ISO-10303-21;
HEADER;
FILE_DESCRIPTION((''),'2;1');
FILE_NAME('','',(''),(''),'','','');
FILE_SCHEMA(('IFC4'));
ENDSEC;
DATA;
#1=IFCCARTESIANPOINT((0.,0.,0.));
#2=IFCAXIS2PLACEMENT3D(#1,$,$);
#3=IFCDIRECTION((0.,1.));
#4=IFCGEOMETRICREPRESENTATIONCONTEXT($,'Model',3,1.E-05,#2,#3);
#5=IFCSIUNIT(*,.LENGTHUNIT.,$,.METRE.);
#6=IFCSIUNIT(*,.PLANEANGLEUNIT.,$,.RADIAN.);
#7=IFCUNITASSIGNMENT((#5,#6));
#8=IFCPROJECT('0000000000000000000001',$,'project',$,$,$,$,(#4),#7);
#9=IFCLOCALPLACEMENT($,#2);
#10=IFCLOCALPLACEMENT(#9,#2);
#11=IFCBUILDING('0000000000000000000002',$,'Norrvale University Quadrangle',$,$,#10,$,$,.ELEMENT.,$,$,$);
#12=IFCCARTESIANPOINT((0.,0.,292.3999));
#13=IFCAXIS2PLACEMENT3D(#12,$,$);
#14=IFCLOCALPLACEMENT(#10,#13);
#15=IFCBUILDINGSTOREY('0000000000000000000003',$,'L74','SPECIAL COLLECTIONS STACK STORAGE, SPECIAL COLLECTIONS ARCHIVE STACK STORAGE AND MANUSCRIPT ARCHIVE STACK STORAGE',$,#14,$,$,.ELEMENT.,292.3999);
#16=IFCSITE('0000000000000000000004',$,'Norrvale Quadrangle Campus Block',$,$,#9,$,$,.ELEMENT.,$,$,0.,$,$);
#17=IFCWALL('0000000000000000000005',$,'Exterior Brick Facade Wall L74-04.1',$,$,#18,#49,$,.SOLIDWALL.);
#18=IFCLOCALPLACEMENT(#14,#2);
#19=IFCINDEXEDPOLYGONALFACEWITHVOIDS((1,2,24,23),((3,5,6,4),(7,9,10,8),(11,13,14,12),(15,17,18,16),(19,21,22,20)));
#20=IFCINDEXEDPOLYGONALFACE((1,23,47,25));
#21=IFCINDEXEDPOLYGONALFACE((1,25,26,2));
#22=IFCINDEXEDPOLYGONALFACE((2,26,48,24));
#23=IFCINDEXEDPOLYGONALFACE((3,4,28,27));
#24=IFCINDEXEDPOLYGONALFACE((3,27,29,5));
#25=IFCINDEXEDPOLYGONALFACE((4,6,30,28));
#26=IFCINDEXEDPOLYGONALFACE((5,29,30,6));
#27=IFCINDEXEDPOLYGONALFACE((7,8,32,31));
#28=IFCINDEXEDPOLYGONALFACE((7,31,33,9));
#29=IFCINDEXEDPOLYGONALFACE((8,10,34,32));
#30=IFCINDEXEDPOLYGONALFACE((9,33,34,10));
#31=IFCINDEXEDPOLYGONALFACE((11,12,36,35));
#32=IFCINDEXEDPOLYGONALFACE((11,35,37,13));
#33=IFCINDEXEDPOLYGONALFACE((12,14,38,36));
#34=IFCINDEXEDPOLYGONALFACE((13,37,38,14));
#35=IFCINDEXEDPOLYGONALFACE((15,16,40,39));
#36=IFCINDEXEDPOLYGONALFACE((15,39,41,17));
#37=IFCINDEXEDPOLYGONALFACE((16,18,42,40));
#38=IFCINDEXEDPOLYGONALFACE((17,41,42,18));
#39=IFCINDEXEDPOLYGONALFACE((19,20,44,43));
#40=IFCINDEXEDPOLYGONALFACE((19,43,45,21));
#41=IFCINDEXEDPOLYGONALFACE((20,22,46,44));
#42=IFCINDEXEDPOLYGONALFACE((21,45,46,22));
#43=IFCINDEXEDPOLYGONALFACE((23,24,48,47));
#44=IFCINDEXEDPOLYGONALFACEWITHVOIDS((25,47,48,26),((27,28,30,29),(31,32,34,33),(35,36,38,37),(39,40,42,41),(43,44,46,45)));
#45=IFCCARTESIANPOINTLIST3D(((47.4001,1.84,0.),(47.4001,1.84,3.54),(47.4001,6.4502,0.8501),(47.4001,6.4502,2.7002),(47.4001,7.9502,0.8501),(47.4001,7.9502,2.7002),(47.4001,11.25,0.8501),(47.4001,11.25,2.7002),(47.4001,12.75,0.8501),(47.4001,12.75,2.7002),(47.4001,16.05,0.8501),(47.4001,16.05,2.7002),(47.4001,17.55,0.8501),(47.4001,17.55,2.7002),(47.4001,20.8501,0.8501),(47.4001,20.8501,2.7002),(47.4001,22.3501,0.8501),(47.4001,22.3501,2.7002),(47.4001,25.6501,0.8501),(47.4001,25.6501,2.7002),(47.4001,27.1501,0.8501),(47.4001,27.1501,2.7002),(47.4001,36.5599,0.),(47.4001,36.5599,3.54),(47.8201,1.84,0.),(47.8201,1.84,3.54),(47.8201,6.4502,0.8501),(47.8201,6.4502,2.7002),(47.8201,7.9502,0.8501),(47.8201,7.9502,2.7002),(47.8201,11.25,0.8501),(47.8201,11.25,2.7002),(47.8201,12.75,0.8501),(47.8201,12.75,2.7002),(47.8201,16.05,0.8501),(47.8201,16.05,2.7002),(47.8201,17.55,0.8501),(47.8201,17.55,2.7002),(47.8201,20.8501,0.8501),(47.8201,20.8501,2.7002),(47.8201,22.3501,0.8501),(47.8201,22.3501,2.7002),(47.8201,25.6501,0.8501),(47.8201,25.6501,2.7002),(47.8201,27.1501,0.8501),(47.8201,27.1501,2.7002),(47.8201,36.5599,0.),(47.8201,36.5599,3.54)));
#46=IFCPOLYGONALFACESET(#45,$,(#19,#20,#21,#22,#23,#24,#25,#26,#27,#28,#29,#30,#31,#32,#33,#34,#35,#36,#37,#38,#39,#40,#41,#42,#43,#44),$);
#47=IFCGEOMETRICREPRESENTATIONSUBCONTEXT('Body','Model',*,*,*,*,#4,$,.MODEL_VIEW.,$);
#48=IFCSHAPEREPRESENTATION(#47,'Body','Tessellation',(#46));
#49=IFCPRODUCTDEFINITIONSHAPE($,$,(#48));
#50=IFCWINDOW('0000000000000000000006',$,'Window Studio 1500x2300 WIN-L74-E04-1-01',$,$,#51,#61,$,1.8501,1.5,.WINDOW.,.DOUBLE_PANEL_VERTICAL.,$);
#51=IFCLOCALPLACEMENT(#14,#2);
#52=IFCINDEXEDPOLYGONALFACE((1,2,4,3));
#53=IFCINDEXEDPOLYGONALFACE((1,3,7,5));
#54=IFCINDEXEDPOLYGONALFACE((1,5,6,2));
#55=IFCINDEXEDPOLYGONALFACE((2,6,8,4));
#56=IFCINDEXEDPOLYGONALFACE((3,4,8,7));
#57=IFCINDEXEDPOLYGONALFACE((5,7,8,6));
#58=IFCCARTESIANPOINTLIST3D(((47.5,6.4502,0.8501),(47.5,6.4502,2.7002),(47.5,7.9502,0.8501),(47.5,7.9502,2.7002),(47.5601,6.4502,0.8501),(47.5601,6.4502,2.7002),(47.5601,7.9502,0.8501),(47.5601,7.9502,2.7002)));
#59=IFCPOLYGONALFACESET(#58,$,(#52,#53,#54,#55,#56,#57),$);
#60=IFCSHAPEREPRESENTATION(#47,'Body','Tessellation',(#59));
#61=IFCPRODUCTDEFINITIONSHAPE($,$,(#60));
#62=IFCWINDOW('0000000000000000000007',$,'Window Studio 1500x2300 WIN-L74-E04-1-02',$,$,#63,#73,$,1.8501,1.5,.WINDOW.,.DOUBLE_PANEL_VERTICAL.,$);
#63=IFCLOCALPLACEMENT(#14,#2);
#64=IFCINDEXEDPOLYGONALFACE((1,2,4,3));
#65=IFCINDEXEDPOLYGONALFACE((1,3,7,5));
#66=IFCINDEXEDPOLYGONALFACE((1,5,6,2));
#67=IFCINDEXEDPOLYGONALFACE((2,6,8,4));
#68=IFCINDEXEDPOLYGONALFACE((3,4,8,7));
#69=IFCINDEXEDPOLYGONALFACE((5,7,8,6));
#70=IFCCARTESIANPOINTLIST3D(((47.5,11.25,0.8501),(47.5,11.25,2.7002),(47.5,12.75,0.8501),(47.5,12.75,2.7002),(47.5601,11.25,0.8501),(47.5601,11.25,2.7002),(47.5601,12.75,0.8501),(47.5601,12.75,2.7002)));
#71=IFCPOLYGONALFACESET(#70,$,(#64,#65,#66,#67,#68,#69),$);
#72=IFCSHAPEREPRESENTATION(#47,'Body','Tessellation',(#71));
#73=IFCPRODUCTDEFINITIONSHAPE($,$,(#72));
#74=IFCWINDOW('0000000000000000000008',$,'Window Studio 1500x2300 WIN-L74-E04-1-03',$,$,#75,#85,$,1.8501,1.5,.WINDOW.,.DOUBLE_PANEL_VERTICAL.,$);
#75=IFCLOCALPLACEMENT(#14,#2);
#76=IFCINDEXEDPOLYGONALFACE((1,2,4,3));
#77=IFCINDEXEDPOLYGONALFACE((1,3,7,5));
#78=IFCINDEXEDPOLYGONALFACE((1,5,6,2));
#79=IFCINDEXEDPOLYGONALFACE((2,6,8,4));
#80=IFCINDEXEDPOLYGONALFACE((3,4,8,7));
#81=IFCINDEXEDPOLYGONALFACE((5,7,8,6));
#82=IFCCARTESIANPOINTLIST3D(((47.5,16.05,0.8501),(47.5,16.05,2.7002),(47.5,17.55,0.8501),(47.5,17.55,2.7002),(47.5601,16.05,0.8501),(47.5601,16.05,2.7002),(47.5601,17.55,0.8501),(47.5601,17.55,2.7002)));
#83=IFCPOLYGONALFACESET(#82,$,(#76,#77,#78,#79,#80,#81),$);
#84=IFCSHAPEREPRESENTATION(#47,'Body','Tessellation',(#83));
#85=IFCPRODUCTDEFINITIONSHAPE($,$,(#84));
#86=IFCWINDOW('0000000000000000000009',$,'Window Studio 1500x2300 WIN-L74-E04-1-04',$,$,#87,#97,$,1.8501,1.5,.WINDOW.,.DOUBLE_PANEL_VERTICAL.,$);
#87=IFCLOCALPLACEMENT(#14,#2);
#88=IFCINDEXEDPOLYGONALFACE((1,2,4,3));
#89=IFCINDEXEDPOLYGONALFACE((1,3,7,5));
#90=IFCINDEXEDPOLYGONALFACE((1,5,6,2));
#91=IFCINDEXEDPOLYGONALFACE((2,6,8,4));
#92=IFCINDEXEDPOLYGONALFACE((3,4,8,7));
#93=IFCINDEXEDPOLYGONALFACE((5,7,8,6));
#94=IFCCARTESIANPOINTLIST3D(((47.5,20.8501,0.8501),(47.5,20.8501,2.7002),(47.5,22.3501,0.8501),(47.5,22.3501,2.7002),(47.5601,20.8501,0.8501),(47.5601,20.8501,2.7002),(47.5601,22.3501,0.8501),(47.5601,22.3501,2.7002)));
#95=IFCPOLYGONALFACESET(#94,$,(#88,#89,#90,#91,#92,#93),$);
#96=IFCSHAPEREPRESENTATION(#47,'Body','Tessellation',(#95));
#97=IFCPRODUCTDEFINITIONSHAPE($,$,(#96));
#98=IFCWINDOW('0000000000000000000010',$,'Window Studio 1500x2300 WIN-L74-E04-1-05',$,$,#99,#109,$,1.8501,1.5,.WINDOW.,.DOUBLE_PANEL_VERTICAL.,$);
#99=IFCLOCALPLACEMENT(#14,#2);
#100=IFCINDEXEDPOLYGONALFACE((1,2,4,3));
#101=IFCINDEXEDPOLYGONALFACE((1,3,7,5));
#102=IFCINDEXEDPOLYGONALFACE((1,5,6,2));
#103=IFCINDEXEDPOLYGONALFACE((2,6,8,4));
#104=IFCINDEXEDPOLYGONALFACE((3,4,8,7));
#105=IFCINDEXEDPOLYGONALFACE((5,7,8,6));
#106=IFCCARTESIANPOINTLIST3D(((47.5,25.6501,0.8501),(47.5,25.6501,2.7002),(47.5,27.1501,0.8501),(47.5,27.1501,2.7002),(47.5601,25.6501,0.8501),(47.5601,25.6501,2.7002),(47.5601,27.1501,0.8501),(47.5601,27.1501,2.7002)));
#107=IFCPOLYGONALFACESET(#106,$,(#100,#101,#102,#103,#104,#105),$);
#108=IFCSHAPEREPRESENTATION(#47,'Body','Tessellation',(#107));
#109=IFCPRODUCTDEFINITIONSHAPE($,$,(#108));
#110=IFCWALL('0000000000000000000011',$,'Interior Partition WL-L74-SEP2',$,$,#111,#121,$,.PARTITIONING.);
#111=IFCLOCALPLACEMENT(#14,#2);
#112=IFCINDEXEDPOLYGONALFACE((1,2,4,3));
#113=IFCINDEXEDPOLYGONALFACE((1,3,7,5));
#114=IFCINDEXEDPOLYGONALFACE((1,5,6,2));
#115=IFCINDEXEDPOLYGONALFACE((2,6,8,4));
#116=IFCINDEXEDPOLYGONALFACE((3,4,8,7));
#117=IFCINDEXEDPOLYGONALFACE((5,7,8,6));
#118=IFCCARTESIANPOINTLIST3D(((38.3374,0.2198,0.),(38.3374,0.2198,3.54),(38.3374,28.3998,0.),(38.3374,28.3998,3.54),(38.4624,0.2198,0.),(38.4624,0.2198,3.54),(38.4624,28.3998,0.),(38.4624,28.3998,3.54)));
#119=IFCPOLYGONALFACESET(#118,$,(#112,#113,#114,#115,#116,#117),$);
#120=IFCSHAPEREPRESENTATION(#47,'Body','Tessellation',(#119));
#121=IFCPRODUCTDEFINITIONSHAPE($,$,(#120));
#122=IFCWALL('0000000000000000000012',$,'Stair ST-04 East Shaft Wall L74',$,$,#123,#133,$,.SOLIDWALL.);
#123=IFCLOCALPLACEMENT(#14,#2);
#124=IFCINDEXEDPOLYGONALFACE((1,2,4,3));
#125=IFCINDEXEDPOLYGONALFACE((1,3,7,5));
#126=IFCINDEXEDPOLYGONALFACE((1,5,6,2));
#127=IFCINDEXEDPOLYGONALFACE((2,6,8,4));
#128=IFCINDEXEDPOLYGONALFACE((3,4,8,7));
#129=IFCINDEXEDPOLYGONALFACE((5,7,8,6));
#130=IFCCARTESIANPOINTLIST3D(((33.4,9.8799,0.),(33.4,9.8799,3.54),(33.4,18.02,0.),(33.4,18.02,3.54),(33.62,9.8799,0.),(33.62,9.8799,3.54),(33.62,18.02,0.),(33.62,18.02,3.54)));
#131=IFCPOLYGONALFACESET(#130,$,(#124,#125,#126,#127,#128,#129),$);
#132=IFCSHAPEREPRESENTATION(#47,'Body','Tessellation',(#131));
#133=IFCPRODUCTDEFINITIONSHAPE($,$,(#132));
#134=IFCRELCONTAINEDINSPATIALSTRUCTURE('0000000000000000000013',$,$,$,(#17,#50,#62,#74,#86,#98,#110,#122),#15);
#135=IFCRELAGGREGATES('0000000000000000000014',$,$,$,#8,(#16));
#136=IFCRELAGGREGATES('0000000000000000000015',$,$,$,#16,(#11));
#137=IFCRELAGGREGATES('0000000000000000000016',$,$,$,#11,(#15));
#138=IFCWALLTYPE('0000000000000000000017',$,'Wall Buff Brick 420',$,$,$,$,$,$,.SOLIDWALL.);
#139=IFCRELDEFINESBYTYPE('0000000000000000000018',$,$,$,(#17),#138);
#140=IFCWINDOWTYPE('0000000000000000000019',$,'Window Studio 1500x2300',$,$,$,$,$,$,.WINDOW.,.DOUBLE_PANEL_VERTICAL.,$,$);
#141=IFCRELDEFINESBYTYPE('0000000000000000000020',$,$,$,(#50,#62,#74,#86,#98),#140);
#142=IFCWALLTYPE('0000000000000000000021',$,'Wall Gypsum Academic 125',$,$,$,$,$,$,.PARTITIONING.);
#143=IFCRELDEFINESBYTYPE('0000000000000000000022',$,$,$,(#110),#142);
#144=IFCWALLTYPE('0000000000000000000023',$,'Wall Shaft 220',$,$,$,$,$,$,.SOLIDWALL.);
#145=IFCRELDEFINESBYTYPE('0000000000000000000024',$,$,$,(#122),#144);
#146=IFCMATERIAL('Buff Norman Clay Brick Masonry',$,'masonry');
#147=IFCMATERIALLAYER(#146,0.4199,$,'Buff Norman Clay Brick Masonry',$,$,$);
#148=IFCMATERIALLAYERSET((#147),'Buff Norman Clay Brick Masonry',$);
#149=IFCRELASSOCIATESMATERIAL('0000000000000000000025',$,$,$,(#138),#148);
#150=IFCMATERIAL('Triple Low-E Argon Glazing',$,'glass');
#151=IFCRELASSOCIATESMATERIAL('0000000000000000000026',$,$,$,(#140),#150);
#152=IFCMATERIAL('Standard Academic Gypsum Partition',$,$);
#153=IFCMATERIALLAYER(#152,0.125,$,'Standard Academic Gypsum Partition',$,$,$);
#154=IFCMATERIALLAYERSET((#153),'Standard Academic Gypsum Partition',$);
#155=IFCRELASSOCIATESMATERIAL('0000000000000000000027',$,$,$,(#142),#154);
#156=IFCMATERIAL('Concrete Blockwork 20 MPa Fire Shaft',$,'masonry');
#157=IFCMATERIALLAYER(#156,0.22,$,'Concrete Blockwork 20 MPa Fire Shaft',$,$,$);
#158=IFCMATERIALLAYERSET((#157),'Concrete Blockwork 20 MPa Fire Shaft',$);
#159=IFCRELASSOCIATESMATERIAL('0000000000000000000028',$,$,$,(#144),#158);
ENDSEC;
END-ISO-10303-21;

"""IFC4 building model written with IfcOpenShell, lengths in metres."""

from ifc_helpers import new_model, si_unit, direction, frame, frame_2d, origin, place, context, subcontext, project, spatial, rectangle, extrude, material, layer, layer_set, type_object, element, fill, save


model = new_model("IFC4")

# Units and contexts
model_context = context("Model", 3, precision=1e-05, world=origin(), true_north=direction((0.0, 1.0)))
body_context = subcontext(model_context, "Body", "Model", "MODEL_VIEW")
ifc_project = project(units=[si_unit("LENGTHUNIT", "METRE"), si_unit("PLANEANGLEUNIT", "RADIAN")], contexts=[model_context])

# Site, building, storey
site_placement = place(None, origin())
site = spatial("IfcSite", under=ifc_project, at=site_placement, Name="Norrvale Quadrangle Campus Block", CompositionType="ELEMENT", RefElevation=0.0)
building_placement = place(site_placement, origin())
building = spatial("IfcBuilding", under=site, at=building_placement, Name="Norrvale University Quadrangle", CompositionType="ELEMENT")
storey_placement = place(building_placement, frame((0.0, 0.0, 292.3999)))
storey = spatial("IfcBuildingStorey", under=building, at=storey_placement, Name="L74", Description="SPECIAL COLLECTIONS STACK STORAGE, SPECIAL COLLECTIONS ARCHIVE STACK STORAGE AND MANUSCRIPT ARCHIVE STACK STORAGE", CompositionType="ELEMENT", Elevation=292.3999)

# Shared definitions
ifc_material_1 = material(Name="Buff Norman Clay Brick Masonry", Category="masonry")
ifc_layer_1 = layer(ifc_material_1, 0.4199, Name="Buff Norman Clay Brick Masonry")
ifc_layer_set_1 = layer_set([ifc_layer_1], Name="Buff Norman Clay Brick Masonry")
wall_type_1 = type_object("IfcWallType", Name="Wall Buff Brick 420", PredefinedType="SOLIDWALL", material=ifc_layer_set_1)

# Wall, openings, windows
wall_1_placement = place(storey_placement, frame((47.6101, 1.8401, 0.0), z_axis=(0.0, 0.0, 1.0), x_axis=(0.0, 1.0, 0.0)))
wall_1 = element("IfcWall", 1, at=wall_1_placement, inside=storey, type_object=wall_type_1, Name="Exterior Brick Facade Wall L74-04.1", PredefinedType="SOLIDWALL", context=body_context, shape_type="SweptSolid", body=[
    extrude(rectangle(XDim=34.72, YDim=0.4199, at=frame_2d((17.3599, 0.0))), origin(), (0.0, 0.0, 1.0), 3.54),
])
opening_1_placement = place(wall_1_placement, frame((4.6101, 0.0, 0.8501)))
opening_1 = element("IfcOpeningElement", 2, at=opening_1_placement, cuts=wall_1, PredefinedType="OPENING", context=body_context, shape_type="SweptSolid", body=[
    extrude(rectangle(XDim=1.5, YDim=1.8501, at=frame_2d((0.75, 0.925))), frame((0.0, 0.2219, 0.0), z_axis=(0.0, -1.0, 0.0), x_axis=(1.0, 0.0, 0.0)), (0.0, 0.0, 1.0), 0.4438),
])
opening_2_placement = place(wall_1_placement, frame((9.4099, 0.0, 0.8501)))
opening_2 = element("IfcOpeningElement", 3, at=opening_2_placement, cuts=wall_1, PredefinedType="OPENING", context=body_context, shape_type="SweptSolid", body=[
    extrude(rectangle(XDim=1.5, YDim=1.8501, at=frame_2d((0.75, 0.925))), frame((0.0, 0.2219, 0.0), z_axis=(0.0, -1.0, 0.0), x_axis=(1.0, 0.0, 0.0)), (0.0, 0.0, 1.0), 0.4438),
])
opening_3_placement = place(wall_1_placement, frame((14.21, 0.0, 0.8501)))
opening_3 = element("IfcOpeningElement", 4, at=opening_3_placement, cuts=wall_1, PredefinedType="OPENING", context=body_context, shape_type="SweptSolid", body=[
    extrude(rectangle(XDim=1.5, YDim=1.8501, at=frame_2d((0.75, 0.925))), frame((0.0, 0.2219, 0.0), z_axis=(0.0, -1.0, 0.0), x_axis=(1.0, 0.0, 0.0)), (0.0, 0.0, 1.0), 0.4438),
])
opening_4_placement = place(wall_1_placement, frame((19.01, 0.0, 0.8501)))
opening_4 = element("IfcOpeningElement", 5, at=opening_4_placement, cuts=wall_1, PredefinedType="OPENING", context=body_context, shape_type="SweptSolid", body=[
    extrude(rectangle(XDim=1.5, YDim=1.8501, at=frame_2d((0.75, 0.925))), frame((0.0, 0.2219, 0.0), z_axis=(0.0, -1.0, 0.0), x_axis=(1.0, 0.0, 0.0)), (0.0, 0.0, 1.0), 0.4438),
])
opening_5_placement = place(wall_1_placement, frame((23.8101, 0.0, 0.8501)))
opening_5 = element("IfcOpeningElement", 6, at=opening_5_placement, cuts=wall_1, PredefinedType="OPENING", context=body_context, shape_type="SweptSolid", body=[
    extrude(rectangle(XDim=1.5, YDim=1.8501, at=frame_2d((0.75, 0.925))), frame((0.0, 0.2219, 0.0), z_axis=(0.0, -1.0, 0.0), x_axis=(1.0, 0.0, 0.0)), (0.0, 0.0, 1.0), 0.4438),
])
ifc_material_2 = material(Name="Triple Low-E Argon Glazing", Category="glass")
window_type = type_object("IfcWindowType", Name="Window Studio 1500x2300", PartitioningType="DOUBLE_PANEL_VERTICAL", PredefinedType="WINDOW", material=ifc_material_2)
window_1_placement = place(opening_1_placement, origin())
window_1 = element("IfcWindow", 7, at=window_1_placement, inside=storey, type_object=window_type, Name="Window Studio 1500x2300 WIN-L74-E04-1-01", OverallHeight=1.8501, OverallWidth=1.5, PartitioningType="DOUBLE_PANEL_VERTICAL", PredefinedType="WINDOW", context=body_context, shape_type="SweptSolid", body=[
    extrude(rectangle(XDim=1.5, YDim=1.8501, at=frame_2d((0.75, 0.925))), frame((0.0, 0.1101, 0.0), z_axis=(0.0, -1.0, 0.0), x_axis=(1.0, 0.0, 0.0)), (0.0, 0.0, 1.0), 0.0601),
])
fill(opening_1, window_1)
window_2_placement = place(opening_2_placement, origin())
window_2 = element("IfcWindow", 8, at=window_2_placement, inside=storey, type_object=window_type, Name="Window Studio 1500x2300 WIN-L74-E04-1-02", OverallHeight=1.8501, OverallWidth=1.5, PartitioningType="DOUBLE_PANEL_VERTICAL", PredefinedType="WINDOW", context=body_context, shape_type="SweptSolid", body=[
    extrude(rectangle(XDim=1.5, YDim=1.8501, at=frame_2d((0.75, 0.925))), frame((0.0, 0.1101, 0.0), z_axis=(0.0, -1.0, 0.0), x_axis=(1.0, 0.0, 0.0)), (0.0, 0.0, 1.0), 0.0601),
])
fill(opening_2, window_2)
window_3_placement = place(opening_3_placement, origin())
window_3 = element("IfcWindow", 9, at=window_3_placement, inside=storey, type_object=window_type, Name="Window Studio 1500x2300 WIN-L74-E04-1-03", OverallHeight=1.8501, OverallWidth=1.5, PartitioningType="DOUBLE_PANEL_VERTICAL", PredefinedType="WINDOW", context=body_context, shape_type="SweptSolid", body=[
    extrude(rectangle(XDim=1.5, YDim=1.8501, at=frame_2d((0.75, 0.925))), frame((0.0, 0.1101, 0.0), z_axis=(0.0, -1.0, 0.0), x_axis=(1.0, 0.0, 0.0)), (0.0, 0.0, 1.0), 0.0601),
])
fill(opening_3, window_3)
window_4_placement = place(opening_4_placement, origin())
window_4 = element("IfcWindow", 10, at=window_4_placement, inside=storey, type_object=window_type, Name="Window Studio 1500x2300 WIN-L74-E04-1-04", OverallHeight=1.8501, OverallWidth=1.5, PartitioningType="DOUBLE_PANEL_VERTICAL", PredefinedType="WINDOW", context=body_context, shape_type="SweptSolid", body=[
    extrude(rectangle(XDim=1.5, YDim=1.8501, at=frame_2d((0.75, 0.925))), frame((0.0, 0.1101, 0.0), z_axis=(0.0, -1.0, 0.0), x_axis=(1.0, 0.0, 0.0)), (0.0, 0.0, 1.0), 0.0601),
])
fill(opening_4, window_4)
window_5_placement = place(opening_5_placement, origin())
window_5 = element("IfcWindow", 11, at=window_5_placement, inside=storey, type_object=window_type, Name="Window Studio 1500x2300 WIN-L74-E04-1-05", OverallHeight=1.8501, OverallWidth=1.5, PartitioningType="DOUBLE_PANEL_VERTICAL", PredefinedType="WINDOW", context=body_context, shape_type="SweptSolid", body=[
    extrude(rectangle(XDim=1.5, YDim=1.8501, at=frame_2d((0.75, 0.925))), frame((0.0, 0.1101, 0.0), z_axis=(0.0, -1.0, 0.0), x_axis=(1.0, 0.0, 0.0)), (0.0, 0.0, 1.0), 0.0601),
])
fill(opening_5, window_5)

# Walls
ifc_material_3 = material(Name="Standard Academic Gypsum Partition")
ifc_layer_2 = layer(ifc_material_3, 0.125, Name="Standard Academic Gypsum Partition")
ifc_layer_set_2 = layer_set([ifc_layer_2], Name="Standard Academic Gypsum Partition")
wall_type_2 = type_object("IfcWallType", Name="Wall Gypsum Academic 125", PredefinedType="PARTITIONING", material=ifc_layer_set_2)
wall_2_placement = place(storey_placement, frame((38.3999, 0.22, 0.0), z_axis=(0.0, 0.0, 1.0), x_axis=(0.0, 1.0, 0.0)))
element("IfcWall", 12, at=wall_2_placement, inside=storey, type_object=wall_type_2, Name="Interior Partition WL-L74-SEP2", PredefinedType="PARTITIONING", context=body_context, shape_type="SweptSolid", body=[
    extrude(rectangle(XDim=28.1799, YDim=0.125, at=frame_2d((14.0898, 0.0))), origin(), (0.0, 0.0, 1.0), 3.54),
])
ifc_material_4 = material(Name="Concrete Blockwork 20 MPa Fire Shaft", Category="masonry")
ifc_layer_3 = layer(ifc_material_4, 0.22, Name="Concrete Blockwork 20 MPa Fire Shaft")
ifc_layer_set_3 = layer_set([ifc_layer_3], Name="Concrete Blockwork 20 MPa Fire Shaft")
wall_type_3 = type_object("IfcWallType", Name="Wall Shaft 220", PredefinedType="SOLIDWALL", material=ifc_layer_set_3)
wall_3_placement = place(storey_placement, frame((33.51, 9.8799, 0.0), z_axis=(0.0, 0.0, 1.0), x_axis=(0.0, 1.0, 0.0)))
element("IfcWall", 13, at=wall_3_placement, inside=storey, type_object=wall_type_3, Name="Stair ST-04 East Shaft Wall L74", PredefinedType="SOLIDWALL", context=body_context, shape_type="SweptSolid", body=[
    extrude(rectangle(XDim=8.1401, YDim=0.22, at=frame_2d((4.0701, 0.0))), origin(), (0.0, 0.0, 1.0), 3.54),
])

save(model, "model.ifc")
